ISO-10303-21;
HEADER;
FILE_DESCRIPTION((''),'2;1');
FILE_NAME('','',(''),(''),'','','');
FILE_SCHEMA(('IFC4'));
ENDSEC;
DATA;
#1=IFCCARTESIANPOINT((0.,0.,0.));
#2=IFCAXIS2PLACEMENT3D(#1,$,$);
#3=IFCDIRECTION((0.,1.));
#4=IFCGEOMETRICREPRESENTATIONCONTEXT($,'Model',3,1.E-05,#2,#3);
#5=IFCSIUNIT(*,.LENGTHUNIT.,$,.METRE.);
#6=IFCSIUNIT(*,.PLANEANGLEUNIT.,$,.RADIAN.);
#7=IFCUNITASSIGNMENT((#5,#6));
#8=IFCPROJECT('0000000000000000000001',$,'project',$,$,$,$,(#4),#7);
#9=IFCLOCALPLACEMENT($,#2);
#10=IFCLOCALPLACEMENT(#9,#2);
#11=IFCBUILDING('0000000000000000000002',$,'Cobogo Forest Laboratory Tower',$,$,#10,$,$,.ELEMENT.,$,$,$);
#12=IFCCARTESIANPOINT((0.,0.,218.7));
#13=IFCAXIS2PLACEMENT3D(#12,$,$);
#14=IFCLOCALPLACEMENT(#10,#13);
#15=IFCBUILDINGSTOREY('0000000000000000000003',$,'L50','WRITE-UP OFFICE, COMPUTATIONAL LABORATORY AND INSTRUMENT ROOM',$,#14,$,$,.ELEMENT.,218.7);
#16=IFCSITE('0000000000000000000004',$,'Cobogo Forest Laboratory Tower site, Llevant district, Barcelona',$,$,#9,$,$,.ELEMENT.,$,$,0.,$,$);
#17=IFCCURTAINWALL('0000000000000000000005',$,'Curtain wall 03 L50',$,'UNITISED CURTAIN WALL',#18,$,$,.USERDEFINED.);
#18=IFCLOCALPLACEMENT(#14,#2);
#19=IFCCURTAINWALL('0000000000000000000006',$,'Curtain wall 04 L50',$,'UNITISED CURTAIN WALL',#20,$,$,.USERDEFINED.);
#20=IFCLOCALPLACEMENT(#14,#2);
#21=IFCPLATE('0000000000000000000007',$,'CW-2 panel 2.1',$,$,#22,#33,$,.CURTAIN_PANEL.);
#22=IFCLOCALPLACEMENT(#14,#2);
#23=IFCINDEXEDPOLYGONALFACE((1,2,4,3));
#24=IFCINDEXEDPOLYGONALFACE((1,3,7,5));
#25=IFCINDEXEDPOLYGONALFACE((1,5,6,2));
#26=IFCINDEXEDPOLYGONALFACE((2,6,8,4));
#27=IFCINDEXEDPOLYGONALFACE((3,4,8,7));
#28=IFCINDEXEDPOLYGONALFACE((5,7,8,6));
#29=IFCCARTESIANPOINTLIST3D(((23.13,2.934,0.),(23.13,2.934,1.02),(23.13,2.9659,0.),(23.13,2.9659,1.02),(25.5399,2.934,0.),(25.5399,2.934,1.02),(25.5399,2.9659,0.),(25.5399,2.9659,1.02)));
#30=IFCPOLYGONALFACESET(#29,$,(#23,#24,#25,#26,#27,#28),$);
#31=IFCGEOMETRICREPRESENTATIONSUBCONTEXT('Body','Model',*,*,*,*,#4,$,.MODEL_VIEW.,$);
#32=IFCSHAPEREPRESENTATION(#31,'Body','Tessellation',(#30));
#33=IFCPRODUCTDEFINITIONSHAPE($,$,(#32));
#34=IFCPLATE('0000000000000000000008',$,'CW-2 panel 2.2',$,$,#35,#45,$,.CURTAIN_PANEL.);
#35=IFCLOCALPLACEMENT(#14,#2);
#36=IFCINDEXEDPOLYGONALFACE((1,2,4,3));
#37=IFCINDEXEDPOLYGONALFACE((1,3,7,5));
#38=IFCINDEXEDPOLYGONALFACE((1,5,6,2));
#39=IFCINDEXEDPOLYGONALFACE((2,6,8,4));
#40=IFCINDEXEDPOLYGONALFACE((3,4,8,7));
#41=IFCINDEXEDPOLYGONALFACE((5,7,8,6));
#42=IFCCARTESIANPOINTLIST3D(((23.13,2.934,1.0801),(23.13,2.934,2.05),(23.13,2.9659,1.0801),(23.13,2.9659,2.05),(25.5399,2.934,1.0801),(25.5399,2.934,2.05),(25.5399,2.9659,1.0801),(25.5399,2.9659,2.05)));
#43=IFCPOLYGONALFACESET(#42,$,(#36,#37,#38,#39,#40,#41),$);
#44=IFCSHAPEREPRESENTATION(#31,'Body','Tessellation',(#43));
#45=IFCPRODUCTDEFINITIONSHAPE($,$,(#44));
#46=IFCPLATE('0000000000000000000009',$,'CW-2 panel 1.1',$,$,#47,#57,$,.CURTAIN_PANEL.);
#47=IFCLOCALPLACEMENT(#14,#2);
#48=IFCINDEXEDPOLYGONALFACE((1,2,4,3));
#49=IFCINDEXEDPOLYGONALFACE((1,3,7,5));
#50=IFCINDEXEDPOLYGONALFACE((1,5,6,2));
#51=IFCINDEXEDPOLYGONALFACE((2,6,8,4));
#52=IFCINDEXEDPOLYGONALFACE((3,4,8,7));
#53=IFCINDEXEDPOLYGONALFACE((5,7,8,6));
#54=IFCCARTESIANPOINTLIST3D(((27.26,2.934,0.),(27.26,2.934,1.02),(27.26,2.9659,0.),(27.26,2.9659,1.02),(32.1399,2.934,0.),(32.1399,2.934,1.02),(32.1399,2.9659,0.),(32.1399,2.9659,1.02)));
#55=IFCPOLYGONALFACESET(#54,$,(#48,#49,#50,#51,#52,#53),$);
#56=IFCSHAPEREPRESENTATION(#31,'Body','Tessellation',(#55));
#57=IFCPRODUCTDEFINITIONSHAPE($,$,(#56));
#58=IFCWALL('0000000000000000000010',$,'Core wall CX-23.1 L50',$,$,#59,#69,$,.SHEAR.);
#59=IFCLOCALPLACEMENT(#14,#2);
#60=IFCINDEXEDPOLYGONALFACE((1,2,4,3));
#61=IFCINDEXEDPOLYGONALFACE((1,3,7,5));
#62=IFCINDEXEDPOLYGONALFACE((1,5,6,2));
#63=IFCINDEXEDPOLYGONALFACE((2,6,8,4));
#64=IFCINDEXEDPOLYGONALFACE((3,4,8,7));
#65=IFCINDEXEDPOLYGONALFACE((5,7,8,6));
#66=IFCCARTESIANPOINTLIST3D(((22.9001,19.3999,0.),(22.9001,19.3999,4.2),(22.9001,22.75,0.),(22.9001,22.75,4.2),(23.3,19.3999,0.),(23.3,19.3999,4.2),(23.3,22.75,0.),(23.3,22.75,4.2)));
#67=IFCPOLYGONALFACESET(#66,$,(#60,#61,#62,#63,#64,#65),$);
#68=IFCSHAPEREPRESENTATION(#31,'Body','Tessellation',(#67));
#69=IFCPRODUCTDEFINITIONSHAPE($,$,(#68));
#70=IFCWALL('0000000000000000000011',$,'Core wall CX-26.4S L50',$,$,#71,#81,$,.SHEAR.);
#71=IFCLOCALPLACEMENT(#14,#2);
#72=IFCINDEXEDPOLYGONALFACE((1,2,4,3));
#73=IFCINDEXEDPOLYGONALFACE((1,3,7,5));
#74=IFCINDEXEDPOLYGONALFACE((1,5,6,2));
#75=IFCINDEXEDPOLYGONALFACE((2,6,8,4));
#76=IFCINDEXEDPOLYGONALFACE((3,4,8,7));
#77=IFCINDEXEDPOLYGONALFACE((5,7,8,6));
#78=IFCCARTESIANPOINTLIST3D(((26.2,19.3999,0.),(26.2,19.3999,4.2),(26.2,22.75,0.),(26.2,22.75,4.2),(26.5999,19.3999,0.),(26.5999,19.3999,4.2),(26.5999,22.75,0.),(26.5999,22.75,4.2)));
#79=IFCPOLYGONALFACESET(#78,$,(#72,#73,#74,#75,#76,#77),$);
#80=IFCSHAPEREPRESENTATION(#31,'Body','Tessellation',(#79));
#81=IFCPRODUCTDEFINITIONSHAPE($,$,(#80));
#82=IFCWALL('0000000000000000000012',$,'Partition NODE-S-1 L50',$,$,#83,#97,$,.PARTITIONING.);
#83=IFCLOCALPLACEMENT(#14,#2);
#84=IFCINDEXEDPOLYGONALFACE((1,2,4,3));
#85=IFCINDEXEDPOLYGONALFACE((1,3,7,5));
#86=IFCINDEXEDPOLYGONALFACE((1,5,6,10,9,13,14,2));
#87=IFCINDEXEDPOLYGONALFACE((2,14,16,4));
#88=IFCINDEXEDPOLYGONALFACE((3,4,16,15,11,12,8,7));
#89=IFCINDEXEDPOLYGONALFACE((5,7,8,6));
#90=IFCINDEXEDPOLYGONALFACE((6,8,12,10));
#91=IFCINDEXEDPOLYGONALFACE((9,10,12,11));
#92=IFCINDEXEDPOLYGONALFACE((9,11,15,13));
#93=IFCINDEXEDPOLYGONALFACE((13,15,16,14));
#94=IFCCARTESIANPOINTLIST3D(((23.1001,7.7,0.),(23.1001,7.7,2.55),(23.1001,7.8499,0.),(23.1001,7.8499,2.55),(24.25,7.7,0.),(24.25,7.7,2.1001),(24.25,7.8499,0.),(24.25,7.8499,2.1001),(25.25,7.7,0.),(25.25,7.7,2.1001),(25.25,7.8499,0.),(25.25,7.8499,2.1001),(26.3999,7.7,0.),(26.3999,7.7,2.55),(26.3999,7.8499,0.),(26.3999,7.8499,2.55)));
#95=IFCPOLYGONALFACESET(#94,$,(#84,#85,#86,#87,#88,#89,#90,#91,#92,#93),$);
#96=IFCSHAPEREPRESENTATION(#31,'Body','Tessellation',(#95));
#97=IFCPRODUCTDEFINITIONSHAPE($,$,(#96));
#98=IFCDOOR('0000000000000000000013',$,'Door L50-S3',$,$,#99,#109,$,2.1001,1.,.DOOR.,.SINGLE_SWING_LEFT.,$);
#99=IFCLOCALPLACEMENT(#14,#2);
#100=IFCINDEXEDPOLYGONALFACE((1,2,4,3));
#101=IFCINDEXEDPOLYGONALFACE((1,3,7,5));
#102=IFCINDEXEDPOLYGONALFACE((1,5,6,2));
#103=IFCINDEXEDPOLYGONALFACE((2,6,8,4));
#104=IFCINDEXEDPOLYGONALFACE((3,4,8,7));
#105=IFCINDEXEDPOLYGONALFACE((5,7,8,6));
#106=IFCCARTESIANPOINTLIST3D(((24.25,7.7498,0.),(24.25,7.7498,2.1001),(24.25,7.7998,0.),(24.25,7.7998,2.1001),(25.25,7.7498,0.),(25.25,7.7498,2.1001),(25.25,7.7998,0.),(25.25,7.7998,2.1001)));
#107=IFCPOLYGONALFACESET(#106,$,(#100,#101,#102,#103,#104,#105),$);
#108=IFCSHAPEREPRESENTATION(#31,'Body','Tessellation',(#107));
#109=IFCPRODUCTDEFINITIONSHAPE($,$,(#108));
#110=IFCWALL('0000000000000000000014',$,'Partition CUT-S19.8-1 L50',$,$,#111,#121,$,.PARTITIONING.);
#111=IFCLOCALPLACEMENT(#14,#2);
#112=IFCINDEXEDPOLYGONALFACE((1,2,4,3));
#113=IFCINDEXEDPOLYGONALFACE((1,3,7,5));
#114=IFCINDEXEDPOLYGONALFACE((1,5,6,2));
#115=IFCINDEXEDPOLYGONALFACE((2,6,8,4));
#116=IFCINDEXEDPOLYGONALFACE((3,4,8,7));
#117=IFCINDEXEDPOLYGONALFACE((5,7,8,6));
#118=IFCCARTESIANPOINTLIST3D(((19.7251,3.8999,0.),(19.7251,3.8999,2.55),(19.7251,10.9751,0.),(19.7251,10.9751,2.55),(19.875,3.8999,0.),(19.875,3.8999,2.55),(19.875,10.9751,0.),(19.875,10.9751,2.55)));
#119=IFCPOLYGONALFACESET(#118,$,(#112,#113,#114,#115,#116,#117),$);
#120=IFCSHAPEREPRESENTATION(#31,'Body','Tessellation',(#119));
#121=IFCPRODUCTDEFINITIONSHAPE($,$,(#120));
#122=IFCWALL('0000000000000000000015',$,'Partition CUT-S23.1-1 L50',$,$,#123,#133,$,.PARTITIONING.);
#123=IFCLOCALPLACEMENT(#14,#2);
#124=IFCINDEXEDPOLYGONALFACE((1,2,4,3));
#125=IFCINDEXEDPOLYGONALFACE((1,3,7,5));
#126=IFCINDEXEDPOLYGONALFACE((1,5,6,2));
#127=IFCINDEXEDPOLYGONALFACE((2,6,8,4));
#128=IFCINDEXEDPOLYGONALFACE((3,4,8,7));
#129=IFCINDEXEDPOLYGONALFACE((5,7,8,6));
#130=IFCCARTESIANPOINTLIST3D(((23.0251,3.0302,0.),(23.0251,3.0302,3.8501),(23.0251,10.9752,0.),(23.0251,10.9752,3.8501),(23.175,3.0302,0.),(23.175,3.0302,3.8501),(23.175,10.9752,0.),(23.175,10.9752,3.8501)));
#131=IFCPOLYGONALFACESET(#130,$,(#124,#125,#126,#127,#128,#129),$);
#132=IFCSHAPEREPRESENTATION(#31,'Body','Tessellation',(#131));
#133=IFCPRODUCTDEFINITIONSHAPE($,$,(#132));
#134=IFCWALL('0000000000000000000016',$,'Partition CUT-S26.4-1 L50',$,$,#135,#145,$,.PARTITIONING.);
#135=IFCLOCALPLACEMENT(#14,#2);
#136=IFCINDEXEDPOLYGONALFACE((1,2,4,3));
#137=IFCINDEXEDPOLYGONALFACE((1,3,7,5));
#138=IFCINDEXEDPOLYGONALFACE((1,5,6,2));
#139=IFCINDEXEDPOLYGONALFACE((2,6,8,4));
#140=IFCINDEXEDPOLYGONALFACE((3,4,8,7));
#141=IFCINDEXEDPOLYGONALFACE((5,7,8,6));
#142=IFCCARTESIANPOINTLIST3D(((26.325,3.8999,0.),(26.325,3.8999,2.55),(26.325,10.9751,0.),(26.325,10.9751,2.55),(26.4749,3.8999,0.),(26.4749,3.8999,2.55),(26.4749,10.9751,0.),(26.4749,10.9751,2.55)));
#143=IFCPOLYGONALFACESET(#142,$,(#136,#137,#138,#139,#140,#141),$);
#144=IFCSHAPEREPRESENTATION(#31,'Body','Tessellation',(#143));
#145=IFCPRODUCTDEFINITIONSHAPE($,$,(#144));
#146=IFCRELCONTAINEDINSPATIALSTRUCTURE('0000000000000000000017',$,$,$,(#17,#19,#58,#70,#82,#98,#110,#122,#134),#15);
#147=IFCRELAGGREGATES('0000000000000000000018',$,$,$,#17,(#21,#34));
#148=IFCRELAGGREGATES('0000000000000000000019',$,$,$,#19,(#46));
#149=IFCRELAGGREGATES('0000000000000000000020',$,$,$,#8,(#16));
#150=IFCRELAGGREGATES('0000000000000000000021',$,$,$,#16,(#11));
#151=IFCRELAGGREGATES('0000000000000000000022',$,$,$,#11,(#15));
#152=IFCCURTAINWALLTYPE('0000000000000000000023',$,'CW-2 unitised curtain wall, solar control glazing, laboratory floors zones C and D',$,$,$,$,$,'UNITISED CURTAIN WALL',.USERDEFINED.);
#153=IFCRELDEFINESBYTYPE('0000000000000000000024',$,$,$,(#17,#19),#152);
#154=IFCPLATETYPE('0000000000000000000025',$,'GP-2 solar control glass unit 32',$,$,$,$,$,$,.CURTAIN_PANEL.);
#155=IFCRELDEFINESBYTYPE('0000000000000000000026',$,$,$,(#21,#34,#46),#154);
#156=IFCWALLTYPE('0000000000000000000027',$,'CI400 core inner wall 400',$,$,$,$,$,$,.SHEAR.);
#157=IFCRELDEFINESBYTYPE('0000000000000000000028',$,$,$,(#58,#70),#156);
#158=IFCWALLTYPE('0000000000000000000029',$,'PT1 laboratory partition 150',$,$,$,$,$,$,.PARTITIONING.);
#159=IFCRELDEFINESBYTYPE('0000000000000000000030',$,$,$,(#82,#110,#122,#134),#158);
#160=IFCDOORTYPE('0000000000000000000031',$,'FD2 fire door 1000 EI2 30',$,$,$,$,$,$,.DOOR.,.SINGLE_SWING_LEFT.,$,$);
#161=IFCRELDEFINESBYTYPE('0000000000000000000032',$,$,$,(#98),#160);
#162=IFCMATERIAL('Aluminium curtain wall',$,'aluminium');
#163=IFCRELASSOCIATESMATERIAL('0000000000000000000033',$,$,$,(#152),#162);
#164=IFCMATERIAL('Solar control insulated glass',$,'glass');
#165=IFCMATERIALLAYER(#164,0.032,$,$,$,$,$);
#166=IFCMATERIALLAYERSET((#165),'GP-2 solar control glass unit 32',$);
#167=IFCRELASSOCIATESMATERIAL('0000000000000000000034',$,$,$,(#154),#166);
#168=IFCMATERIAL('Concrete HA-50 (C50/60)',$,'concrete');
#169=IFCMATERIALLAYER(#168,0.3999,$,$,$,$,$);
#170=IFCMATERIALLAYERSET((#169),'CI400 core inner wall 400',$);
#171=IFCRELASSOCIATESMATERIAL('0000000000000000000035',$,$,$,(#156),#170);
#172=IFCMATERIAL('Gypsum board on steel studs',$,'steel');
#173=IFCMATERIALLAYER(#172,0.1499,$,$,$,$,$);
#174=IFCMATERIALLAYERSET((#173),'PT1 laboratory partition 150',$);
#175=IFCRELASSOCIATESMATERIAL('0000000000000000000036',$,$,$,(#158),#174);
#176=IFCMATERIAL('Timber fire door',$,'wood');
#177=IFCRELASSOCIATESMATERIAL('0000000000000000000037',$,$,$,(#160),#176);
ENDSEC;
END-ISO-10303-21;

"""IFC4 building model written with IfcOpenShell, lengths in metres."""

from ifc_helpers import new_model, si_unit, direction, frame, frame_2d, origin, origin_2d, place, context, subcontext, project, spatial, rectangle, extrude, material, layer, layer_set, type_object, element, fill, aggregate, save


model = new_model("IFC4")

# Units and contexts
model_context = context("Model", 3, precision=1e-05, world=origin(), true_north=direction((0.0, 1.0)))
body_context = subcontext(model_context, "Body", "Model", "MODEL_VIEW")
ifc_project = project(units=[si_unit("LENGTHUNIT", "METRE"), si_unit("PLANEANGLEUNIT", "RADIAN")], contexts=[model_context])

# Site, building, storey
site_placement = place(None, origin())
site = spatial("IfcSite", under=ifc_project, at=site_placement, Name="Cobogo Forest Laboratory Tower site, Llevant district, Barcelona", CompositionType="ELEMENT", RefElevation=0.0)
building_placement = place(site_placement, origin())
building = spatial("IfcBuilding", under=site, at=building_placement, Name="Cobogo Forest Laboratory Tower", CompositionType="ELEMENT")
storey_placement = place(building_placement, frame((0.0, 0.0, 218.7)))
storey = spatial("IfcBuildingStorey", under=building, at=storey_placement, Name="L50", Description="WRITE-UP OFFICE, COMPUTATIONAL LABORATORY AND INSTRUMENT ROOM", CompositionType="ELEMENT", Elevation=218.7)

# Shared definitions
ifc_material_1 = material(Name="Concrete HA-50 (C50/60)", Category="concrete")

# Curtain wall
ifc_material_2 = material(Name="Aluminium curtain wall", Category="aluminium")
curtain_wall_type = type_object("IfcCurtainWallType", Name="CW-2 unitised curtain wall, solar control glazing, laboratory floors zones C and D", ElementType="UNITISED CURTAIN WALL", PredefinedType="USERDEFINED", material=ifc_material_2)
curtain_wall_1_placement = place(storey_placement, origin())
curtain_wall_1 = element("IfcCurtainWall", 1, at=curtain_wall_1_placement, inside=storey, type_object=curtain_wall_type, Name="Curtain wall 03 L50", ObjectType="UNITISED CURTAIN WALL", PredefinedType="USERDEFINED")

# Curtain wall
curtain_wall_2_placement = place(storey_placement, origin())
curtain_wall_2 = element("IfcCurtainWall", 2, at=curtain_wall_2_placement, inside=storey, type_object=curtain_wall_type, Name="Curtain wall 04 L50", ObjectType="UNITISED CURTAIN WALL", PredefinedType="USERDEFINED")

# Plates
ifc_material_3 = material(Name="Solar control insulated glass", Category="glass")
ifc_layer_1 = layer(ifc_material_3, 0.032)
ifc_layer_set_1 = layer_set([ifc_layer_1], Name="GP-2 solar control glass unit 32")
plate_type_1 = type_object("IfcPlateType", Name="GP-2 solar control glass unit 32", PredefinedType="CURTAIN_PANEL", material=ifc_layer_set_1)
plate_1_placement = place(storey_placement, frame((24.335, 2.95, 0.0), z_axis=(0.0, 0.0, 1.0), x_axis=(1.0, 0.0, 0.0)))
plate_1 = element("IfcPlate", 3, at=plate_1_placement, type_object=plate_type_1, Name="CW-2 panel 2.1", PredefinedType="CURTAIN_PANEL", context=body_context, shape_type="SweptSolid", body=[
    extrude(rectangle(XDim=2.4099, YDim=0.032, at=origin_2d()), origin(), (0.0, 0.0, 1.0), 1.02),
])
plate_2_placement = place(storey_placement, frame((24.335, 2.95, 1.0801), z_axis=(0.0, 0.0, 1.0), x_axis=(1.0, 0.0, 0.0)))
plate_2 = element("IfcPlate", 4, at=plate_2_placement, type_object=plate_type_1, Name="CW-2 panel 2.2", PredefinedType="CURTAIN_PANEL", context=body_context, shape_type="SweptSolid", body=[
    extrude(rectangle(XDim=2.4099, YDim=0.032, at=origin_2d()), origin(), (0.0, 0.0, 1.0), 0.97),
])
aggregate(curtain_wall_1, [plate_1, plate_2])
plate_3_placement = place(storey_placement, frame((29.7, 2.95, 0.0), z_axis=(0.0, 0.0, 1.0), x_axis=(1.0, 0.0, 0.0)))
plate_3 = element("IfcPlate", 5, at=plate_3_placement, type_object=plate_type_1, Name="CW-2 panel 1.1", PredefinedType="CURTAIN_PANEL", context=body_context, shape_type="SweptSolid", body=[
    extrude(rectangle(XDim=4.8799, YDim=0.032, at=origin_2d()), origin(), (0.0, 0.0, 1.0), 1.02),
])
aggregate(curtain_wall_2, [plate_3])

# Walls
ifc_layer_2 = layer(ifc_material_1, 0.3999)
ifc_layer_set_2 = layer_set([ifc_layer_2], Name="CI400 core inner wall 400")
wall_type_1 = type_object("IfcWallType", Name="CI400 core inner wall 400", PredefinedType="SHEAR", material=ifc_layer_set_2)
for number, where, z_axis, x_axis, name in (
    (6, (23.1001, 19.3999, 0.0), (0.0, 0.0, 1.0), (0.0, 1.0, 0.0), "Core wall CX-23.1 L50"),
    (7, (26.3999, 19.3999, 0.0), (0.0, 0.0, 1.0), (0.0, 1.0, 0.0), "Core wall CX-26.4S L50"),
):
    element("IfcWall", number, at=place(storey_placement, frame(where, z_axis=z_axis, x_axis=x_axis)), inside=storey, type_object=wall_type_1, Name=name, PredefinedType="SHEAR", context=body_context, shape_type="SweptSolid", body=[
        extrude(rectangle(XDim=3.3501, YDim=0.3999, at=frame_2d((1.675, 0.0))), origin(), (0.0, 0.0, 1.0), 4.2),
    ])

# Wall, opening, door
ifc_material_4 = material(Name="Gypsum board on steel studs", Category="steel")
ifc_layer_3 = layer(ifc_material_4, 0.1499)
ifc_layer_set_3 = layer_set([ifc_layer_3], Name="PT1 laboratory partition 150")
wall_type_2 = type_object("IfcWallType", Name="PT1 laboratory partition 150", PredefinedType="PARTITIONING", material=ifc_layer_set_3)
wall_1_placement = place(storey_placement, frame((23.1001, 7.7749, 0.0), z_axis=(0.0, 0.0, 1.0), x_axis=(1.0, 0.0, 0.0)))
wall_1 = element("IfcWall", 8, at=wall_1_placement, inside=storey, type_object=wall_type_2, Name="Partition NODE-S-1 L50", PredefinedType="PARTITIONING", context=body_context, shape_type="SweptSolid", body=[
    extrude(rectangle(XDim=3.2998, YDim=0.1499, at=frame_2d((1.6499, 0.0))), origin(), (0.0, 0.0, 1.0), 2.55),
])
opening_1_placement = place(wall_1_placement, frame((1.1499, 0.0, 0.0)))
opening_1 = element("IfcOpeningElement", 9, at=opening_1_placement, cuts=wall_1, PredefinedType="OPENING", context=body_context, shape_type="SweptSolid", body=[
    extrude(rectangle(XDim=1.0, YDim=2.1001, at=frame_2d((0.5, 1.05))), frame((0.0, 0.085, 0.0), z_axis=(0.0, -1.0, 0.0), x_axis=(1.0, 0.0, 0.0)), (0.0, 0.0, 1.0), 0.1699),
])
ifc_material_5 = material(Name="Timber fire door", Category="wood")
door_type_1 = type_object("IfcDoorType", Name="FD2 fire door 1000 EI2 30", OperationType="SINGLE_SWING_LEFT", PredefinedType="DOOR", material=ifc_material_5)
door_1_placement = place(opening_1_placement, origin())
door_1 = element("IfcDoor", 10, at=door_1_placement, inside=storey, type_object=door_type_1, Name="Door L50-S3", OperationType="SINGLE_SWING_LEFT", OverallHeight=2.1001, OverallWidth=1.0, PredefinedType="DOOR", context=body_context, shape_type="SweptSolid", body=[
    extrude(rectangle(XDim=1.0, YDim=2.1001, at=frame_2d((0.5, 1.05))), frame((0.0, 0.0249, 0.0), z_axis=(0.0, -1.0, 0.0), x_axis=(1.0, 0.0, 0.0)), (0.0, 0.0, 1.0), 0.05),
])
fill(opening_1, door_1)

# Walls
wall_2_placement = place(storey_placement, frame((19.8, 3.8999, 0.0), z_axis=(0.0, 0.0, 1.0), x_axis=(0.0, 1.0, 0.0)))
element("IfcWall", 11, at=wall_2_placement, inside=storey, type_object=wall_type_2, Name="Partition CUT-S19.8-1 L50", PredefinedType="PARTITIONING", context=body_context, shape_type="SweptSolid", body=[
    extrude(rectangle(XDim=7.0752, YDim=0.1499, at=frame_2d((3.5376, 0.0))), origin(), (0.0, 0.0, 1.0), 2.55),
])
wall_3_placement = place(storey_placement, frame((23.1001, 3.03, 0.0), z_axis=(0.0, 0.0, 1.0), x_axis=(0.0, 1.0, 0.0)))
element("IfcWall", 12, at=wall_3_placement, inside=storey, type_object=wall_type_2, Name="Partition CUT-S23.1-1 L50", PredefinedType="PARTITIONING", context=body_context, shape_type="SweptSolid", body=[
    extrude(rectangle(XDim=7.9451, YDim=0.1499, at=frame_2d((3.9727, 0.0))), origin(), (0.0, 0.0, 1.0), 3.8501),
])
wall_4_placement = place(storey_placement, frame((26.3999, 3.8999, 0.0), z_axis=(0.0, 0.0, 1.0), x_axis=(0.0, 1.0, 0.0)))
element("IfcWall", 13, at=wall_4_placement, inside=storey, type_object=wall_type_2, Name="Partition CUT-S26.4-1 L50", PredefinedType="PARTITIONING", context=body_context, shape_type="SweptSolid", body=[
    extrude(rectangle(XDim=7.0752, YDim=0.1499, at=frame_2d((3.5376, 0.0))), origin(), (0.0, 0.0, 1.0), 2.55),
])

save(model, "model.ifc")
